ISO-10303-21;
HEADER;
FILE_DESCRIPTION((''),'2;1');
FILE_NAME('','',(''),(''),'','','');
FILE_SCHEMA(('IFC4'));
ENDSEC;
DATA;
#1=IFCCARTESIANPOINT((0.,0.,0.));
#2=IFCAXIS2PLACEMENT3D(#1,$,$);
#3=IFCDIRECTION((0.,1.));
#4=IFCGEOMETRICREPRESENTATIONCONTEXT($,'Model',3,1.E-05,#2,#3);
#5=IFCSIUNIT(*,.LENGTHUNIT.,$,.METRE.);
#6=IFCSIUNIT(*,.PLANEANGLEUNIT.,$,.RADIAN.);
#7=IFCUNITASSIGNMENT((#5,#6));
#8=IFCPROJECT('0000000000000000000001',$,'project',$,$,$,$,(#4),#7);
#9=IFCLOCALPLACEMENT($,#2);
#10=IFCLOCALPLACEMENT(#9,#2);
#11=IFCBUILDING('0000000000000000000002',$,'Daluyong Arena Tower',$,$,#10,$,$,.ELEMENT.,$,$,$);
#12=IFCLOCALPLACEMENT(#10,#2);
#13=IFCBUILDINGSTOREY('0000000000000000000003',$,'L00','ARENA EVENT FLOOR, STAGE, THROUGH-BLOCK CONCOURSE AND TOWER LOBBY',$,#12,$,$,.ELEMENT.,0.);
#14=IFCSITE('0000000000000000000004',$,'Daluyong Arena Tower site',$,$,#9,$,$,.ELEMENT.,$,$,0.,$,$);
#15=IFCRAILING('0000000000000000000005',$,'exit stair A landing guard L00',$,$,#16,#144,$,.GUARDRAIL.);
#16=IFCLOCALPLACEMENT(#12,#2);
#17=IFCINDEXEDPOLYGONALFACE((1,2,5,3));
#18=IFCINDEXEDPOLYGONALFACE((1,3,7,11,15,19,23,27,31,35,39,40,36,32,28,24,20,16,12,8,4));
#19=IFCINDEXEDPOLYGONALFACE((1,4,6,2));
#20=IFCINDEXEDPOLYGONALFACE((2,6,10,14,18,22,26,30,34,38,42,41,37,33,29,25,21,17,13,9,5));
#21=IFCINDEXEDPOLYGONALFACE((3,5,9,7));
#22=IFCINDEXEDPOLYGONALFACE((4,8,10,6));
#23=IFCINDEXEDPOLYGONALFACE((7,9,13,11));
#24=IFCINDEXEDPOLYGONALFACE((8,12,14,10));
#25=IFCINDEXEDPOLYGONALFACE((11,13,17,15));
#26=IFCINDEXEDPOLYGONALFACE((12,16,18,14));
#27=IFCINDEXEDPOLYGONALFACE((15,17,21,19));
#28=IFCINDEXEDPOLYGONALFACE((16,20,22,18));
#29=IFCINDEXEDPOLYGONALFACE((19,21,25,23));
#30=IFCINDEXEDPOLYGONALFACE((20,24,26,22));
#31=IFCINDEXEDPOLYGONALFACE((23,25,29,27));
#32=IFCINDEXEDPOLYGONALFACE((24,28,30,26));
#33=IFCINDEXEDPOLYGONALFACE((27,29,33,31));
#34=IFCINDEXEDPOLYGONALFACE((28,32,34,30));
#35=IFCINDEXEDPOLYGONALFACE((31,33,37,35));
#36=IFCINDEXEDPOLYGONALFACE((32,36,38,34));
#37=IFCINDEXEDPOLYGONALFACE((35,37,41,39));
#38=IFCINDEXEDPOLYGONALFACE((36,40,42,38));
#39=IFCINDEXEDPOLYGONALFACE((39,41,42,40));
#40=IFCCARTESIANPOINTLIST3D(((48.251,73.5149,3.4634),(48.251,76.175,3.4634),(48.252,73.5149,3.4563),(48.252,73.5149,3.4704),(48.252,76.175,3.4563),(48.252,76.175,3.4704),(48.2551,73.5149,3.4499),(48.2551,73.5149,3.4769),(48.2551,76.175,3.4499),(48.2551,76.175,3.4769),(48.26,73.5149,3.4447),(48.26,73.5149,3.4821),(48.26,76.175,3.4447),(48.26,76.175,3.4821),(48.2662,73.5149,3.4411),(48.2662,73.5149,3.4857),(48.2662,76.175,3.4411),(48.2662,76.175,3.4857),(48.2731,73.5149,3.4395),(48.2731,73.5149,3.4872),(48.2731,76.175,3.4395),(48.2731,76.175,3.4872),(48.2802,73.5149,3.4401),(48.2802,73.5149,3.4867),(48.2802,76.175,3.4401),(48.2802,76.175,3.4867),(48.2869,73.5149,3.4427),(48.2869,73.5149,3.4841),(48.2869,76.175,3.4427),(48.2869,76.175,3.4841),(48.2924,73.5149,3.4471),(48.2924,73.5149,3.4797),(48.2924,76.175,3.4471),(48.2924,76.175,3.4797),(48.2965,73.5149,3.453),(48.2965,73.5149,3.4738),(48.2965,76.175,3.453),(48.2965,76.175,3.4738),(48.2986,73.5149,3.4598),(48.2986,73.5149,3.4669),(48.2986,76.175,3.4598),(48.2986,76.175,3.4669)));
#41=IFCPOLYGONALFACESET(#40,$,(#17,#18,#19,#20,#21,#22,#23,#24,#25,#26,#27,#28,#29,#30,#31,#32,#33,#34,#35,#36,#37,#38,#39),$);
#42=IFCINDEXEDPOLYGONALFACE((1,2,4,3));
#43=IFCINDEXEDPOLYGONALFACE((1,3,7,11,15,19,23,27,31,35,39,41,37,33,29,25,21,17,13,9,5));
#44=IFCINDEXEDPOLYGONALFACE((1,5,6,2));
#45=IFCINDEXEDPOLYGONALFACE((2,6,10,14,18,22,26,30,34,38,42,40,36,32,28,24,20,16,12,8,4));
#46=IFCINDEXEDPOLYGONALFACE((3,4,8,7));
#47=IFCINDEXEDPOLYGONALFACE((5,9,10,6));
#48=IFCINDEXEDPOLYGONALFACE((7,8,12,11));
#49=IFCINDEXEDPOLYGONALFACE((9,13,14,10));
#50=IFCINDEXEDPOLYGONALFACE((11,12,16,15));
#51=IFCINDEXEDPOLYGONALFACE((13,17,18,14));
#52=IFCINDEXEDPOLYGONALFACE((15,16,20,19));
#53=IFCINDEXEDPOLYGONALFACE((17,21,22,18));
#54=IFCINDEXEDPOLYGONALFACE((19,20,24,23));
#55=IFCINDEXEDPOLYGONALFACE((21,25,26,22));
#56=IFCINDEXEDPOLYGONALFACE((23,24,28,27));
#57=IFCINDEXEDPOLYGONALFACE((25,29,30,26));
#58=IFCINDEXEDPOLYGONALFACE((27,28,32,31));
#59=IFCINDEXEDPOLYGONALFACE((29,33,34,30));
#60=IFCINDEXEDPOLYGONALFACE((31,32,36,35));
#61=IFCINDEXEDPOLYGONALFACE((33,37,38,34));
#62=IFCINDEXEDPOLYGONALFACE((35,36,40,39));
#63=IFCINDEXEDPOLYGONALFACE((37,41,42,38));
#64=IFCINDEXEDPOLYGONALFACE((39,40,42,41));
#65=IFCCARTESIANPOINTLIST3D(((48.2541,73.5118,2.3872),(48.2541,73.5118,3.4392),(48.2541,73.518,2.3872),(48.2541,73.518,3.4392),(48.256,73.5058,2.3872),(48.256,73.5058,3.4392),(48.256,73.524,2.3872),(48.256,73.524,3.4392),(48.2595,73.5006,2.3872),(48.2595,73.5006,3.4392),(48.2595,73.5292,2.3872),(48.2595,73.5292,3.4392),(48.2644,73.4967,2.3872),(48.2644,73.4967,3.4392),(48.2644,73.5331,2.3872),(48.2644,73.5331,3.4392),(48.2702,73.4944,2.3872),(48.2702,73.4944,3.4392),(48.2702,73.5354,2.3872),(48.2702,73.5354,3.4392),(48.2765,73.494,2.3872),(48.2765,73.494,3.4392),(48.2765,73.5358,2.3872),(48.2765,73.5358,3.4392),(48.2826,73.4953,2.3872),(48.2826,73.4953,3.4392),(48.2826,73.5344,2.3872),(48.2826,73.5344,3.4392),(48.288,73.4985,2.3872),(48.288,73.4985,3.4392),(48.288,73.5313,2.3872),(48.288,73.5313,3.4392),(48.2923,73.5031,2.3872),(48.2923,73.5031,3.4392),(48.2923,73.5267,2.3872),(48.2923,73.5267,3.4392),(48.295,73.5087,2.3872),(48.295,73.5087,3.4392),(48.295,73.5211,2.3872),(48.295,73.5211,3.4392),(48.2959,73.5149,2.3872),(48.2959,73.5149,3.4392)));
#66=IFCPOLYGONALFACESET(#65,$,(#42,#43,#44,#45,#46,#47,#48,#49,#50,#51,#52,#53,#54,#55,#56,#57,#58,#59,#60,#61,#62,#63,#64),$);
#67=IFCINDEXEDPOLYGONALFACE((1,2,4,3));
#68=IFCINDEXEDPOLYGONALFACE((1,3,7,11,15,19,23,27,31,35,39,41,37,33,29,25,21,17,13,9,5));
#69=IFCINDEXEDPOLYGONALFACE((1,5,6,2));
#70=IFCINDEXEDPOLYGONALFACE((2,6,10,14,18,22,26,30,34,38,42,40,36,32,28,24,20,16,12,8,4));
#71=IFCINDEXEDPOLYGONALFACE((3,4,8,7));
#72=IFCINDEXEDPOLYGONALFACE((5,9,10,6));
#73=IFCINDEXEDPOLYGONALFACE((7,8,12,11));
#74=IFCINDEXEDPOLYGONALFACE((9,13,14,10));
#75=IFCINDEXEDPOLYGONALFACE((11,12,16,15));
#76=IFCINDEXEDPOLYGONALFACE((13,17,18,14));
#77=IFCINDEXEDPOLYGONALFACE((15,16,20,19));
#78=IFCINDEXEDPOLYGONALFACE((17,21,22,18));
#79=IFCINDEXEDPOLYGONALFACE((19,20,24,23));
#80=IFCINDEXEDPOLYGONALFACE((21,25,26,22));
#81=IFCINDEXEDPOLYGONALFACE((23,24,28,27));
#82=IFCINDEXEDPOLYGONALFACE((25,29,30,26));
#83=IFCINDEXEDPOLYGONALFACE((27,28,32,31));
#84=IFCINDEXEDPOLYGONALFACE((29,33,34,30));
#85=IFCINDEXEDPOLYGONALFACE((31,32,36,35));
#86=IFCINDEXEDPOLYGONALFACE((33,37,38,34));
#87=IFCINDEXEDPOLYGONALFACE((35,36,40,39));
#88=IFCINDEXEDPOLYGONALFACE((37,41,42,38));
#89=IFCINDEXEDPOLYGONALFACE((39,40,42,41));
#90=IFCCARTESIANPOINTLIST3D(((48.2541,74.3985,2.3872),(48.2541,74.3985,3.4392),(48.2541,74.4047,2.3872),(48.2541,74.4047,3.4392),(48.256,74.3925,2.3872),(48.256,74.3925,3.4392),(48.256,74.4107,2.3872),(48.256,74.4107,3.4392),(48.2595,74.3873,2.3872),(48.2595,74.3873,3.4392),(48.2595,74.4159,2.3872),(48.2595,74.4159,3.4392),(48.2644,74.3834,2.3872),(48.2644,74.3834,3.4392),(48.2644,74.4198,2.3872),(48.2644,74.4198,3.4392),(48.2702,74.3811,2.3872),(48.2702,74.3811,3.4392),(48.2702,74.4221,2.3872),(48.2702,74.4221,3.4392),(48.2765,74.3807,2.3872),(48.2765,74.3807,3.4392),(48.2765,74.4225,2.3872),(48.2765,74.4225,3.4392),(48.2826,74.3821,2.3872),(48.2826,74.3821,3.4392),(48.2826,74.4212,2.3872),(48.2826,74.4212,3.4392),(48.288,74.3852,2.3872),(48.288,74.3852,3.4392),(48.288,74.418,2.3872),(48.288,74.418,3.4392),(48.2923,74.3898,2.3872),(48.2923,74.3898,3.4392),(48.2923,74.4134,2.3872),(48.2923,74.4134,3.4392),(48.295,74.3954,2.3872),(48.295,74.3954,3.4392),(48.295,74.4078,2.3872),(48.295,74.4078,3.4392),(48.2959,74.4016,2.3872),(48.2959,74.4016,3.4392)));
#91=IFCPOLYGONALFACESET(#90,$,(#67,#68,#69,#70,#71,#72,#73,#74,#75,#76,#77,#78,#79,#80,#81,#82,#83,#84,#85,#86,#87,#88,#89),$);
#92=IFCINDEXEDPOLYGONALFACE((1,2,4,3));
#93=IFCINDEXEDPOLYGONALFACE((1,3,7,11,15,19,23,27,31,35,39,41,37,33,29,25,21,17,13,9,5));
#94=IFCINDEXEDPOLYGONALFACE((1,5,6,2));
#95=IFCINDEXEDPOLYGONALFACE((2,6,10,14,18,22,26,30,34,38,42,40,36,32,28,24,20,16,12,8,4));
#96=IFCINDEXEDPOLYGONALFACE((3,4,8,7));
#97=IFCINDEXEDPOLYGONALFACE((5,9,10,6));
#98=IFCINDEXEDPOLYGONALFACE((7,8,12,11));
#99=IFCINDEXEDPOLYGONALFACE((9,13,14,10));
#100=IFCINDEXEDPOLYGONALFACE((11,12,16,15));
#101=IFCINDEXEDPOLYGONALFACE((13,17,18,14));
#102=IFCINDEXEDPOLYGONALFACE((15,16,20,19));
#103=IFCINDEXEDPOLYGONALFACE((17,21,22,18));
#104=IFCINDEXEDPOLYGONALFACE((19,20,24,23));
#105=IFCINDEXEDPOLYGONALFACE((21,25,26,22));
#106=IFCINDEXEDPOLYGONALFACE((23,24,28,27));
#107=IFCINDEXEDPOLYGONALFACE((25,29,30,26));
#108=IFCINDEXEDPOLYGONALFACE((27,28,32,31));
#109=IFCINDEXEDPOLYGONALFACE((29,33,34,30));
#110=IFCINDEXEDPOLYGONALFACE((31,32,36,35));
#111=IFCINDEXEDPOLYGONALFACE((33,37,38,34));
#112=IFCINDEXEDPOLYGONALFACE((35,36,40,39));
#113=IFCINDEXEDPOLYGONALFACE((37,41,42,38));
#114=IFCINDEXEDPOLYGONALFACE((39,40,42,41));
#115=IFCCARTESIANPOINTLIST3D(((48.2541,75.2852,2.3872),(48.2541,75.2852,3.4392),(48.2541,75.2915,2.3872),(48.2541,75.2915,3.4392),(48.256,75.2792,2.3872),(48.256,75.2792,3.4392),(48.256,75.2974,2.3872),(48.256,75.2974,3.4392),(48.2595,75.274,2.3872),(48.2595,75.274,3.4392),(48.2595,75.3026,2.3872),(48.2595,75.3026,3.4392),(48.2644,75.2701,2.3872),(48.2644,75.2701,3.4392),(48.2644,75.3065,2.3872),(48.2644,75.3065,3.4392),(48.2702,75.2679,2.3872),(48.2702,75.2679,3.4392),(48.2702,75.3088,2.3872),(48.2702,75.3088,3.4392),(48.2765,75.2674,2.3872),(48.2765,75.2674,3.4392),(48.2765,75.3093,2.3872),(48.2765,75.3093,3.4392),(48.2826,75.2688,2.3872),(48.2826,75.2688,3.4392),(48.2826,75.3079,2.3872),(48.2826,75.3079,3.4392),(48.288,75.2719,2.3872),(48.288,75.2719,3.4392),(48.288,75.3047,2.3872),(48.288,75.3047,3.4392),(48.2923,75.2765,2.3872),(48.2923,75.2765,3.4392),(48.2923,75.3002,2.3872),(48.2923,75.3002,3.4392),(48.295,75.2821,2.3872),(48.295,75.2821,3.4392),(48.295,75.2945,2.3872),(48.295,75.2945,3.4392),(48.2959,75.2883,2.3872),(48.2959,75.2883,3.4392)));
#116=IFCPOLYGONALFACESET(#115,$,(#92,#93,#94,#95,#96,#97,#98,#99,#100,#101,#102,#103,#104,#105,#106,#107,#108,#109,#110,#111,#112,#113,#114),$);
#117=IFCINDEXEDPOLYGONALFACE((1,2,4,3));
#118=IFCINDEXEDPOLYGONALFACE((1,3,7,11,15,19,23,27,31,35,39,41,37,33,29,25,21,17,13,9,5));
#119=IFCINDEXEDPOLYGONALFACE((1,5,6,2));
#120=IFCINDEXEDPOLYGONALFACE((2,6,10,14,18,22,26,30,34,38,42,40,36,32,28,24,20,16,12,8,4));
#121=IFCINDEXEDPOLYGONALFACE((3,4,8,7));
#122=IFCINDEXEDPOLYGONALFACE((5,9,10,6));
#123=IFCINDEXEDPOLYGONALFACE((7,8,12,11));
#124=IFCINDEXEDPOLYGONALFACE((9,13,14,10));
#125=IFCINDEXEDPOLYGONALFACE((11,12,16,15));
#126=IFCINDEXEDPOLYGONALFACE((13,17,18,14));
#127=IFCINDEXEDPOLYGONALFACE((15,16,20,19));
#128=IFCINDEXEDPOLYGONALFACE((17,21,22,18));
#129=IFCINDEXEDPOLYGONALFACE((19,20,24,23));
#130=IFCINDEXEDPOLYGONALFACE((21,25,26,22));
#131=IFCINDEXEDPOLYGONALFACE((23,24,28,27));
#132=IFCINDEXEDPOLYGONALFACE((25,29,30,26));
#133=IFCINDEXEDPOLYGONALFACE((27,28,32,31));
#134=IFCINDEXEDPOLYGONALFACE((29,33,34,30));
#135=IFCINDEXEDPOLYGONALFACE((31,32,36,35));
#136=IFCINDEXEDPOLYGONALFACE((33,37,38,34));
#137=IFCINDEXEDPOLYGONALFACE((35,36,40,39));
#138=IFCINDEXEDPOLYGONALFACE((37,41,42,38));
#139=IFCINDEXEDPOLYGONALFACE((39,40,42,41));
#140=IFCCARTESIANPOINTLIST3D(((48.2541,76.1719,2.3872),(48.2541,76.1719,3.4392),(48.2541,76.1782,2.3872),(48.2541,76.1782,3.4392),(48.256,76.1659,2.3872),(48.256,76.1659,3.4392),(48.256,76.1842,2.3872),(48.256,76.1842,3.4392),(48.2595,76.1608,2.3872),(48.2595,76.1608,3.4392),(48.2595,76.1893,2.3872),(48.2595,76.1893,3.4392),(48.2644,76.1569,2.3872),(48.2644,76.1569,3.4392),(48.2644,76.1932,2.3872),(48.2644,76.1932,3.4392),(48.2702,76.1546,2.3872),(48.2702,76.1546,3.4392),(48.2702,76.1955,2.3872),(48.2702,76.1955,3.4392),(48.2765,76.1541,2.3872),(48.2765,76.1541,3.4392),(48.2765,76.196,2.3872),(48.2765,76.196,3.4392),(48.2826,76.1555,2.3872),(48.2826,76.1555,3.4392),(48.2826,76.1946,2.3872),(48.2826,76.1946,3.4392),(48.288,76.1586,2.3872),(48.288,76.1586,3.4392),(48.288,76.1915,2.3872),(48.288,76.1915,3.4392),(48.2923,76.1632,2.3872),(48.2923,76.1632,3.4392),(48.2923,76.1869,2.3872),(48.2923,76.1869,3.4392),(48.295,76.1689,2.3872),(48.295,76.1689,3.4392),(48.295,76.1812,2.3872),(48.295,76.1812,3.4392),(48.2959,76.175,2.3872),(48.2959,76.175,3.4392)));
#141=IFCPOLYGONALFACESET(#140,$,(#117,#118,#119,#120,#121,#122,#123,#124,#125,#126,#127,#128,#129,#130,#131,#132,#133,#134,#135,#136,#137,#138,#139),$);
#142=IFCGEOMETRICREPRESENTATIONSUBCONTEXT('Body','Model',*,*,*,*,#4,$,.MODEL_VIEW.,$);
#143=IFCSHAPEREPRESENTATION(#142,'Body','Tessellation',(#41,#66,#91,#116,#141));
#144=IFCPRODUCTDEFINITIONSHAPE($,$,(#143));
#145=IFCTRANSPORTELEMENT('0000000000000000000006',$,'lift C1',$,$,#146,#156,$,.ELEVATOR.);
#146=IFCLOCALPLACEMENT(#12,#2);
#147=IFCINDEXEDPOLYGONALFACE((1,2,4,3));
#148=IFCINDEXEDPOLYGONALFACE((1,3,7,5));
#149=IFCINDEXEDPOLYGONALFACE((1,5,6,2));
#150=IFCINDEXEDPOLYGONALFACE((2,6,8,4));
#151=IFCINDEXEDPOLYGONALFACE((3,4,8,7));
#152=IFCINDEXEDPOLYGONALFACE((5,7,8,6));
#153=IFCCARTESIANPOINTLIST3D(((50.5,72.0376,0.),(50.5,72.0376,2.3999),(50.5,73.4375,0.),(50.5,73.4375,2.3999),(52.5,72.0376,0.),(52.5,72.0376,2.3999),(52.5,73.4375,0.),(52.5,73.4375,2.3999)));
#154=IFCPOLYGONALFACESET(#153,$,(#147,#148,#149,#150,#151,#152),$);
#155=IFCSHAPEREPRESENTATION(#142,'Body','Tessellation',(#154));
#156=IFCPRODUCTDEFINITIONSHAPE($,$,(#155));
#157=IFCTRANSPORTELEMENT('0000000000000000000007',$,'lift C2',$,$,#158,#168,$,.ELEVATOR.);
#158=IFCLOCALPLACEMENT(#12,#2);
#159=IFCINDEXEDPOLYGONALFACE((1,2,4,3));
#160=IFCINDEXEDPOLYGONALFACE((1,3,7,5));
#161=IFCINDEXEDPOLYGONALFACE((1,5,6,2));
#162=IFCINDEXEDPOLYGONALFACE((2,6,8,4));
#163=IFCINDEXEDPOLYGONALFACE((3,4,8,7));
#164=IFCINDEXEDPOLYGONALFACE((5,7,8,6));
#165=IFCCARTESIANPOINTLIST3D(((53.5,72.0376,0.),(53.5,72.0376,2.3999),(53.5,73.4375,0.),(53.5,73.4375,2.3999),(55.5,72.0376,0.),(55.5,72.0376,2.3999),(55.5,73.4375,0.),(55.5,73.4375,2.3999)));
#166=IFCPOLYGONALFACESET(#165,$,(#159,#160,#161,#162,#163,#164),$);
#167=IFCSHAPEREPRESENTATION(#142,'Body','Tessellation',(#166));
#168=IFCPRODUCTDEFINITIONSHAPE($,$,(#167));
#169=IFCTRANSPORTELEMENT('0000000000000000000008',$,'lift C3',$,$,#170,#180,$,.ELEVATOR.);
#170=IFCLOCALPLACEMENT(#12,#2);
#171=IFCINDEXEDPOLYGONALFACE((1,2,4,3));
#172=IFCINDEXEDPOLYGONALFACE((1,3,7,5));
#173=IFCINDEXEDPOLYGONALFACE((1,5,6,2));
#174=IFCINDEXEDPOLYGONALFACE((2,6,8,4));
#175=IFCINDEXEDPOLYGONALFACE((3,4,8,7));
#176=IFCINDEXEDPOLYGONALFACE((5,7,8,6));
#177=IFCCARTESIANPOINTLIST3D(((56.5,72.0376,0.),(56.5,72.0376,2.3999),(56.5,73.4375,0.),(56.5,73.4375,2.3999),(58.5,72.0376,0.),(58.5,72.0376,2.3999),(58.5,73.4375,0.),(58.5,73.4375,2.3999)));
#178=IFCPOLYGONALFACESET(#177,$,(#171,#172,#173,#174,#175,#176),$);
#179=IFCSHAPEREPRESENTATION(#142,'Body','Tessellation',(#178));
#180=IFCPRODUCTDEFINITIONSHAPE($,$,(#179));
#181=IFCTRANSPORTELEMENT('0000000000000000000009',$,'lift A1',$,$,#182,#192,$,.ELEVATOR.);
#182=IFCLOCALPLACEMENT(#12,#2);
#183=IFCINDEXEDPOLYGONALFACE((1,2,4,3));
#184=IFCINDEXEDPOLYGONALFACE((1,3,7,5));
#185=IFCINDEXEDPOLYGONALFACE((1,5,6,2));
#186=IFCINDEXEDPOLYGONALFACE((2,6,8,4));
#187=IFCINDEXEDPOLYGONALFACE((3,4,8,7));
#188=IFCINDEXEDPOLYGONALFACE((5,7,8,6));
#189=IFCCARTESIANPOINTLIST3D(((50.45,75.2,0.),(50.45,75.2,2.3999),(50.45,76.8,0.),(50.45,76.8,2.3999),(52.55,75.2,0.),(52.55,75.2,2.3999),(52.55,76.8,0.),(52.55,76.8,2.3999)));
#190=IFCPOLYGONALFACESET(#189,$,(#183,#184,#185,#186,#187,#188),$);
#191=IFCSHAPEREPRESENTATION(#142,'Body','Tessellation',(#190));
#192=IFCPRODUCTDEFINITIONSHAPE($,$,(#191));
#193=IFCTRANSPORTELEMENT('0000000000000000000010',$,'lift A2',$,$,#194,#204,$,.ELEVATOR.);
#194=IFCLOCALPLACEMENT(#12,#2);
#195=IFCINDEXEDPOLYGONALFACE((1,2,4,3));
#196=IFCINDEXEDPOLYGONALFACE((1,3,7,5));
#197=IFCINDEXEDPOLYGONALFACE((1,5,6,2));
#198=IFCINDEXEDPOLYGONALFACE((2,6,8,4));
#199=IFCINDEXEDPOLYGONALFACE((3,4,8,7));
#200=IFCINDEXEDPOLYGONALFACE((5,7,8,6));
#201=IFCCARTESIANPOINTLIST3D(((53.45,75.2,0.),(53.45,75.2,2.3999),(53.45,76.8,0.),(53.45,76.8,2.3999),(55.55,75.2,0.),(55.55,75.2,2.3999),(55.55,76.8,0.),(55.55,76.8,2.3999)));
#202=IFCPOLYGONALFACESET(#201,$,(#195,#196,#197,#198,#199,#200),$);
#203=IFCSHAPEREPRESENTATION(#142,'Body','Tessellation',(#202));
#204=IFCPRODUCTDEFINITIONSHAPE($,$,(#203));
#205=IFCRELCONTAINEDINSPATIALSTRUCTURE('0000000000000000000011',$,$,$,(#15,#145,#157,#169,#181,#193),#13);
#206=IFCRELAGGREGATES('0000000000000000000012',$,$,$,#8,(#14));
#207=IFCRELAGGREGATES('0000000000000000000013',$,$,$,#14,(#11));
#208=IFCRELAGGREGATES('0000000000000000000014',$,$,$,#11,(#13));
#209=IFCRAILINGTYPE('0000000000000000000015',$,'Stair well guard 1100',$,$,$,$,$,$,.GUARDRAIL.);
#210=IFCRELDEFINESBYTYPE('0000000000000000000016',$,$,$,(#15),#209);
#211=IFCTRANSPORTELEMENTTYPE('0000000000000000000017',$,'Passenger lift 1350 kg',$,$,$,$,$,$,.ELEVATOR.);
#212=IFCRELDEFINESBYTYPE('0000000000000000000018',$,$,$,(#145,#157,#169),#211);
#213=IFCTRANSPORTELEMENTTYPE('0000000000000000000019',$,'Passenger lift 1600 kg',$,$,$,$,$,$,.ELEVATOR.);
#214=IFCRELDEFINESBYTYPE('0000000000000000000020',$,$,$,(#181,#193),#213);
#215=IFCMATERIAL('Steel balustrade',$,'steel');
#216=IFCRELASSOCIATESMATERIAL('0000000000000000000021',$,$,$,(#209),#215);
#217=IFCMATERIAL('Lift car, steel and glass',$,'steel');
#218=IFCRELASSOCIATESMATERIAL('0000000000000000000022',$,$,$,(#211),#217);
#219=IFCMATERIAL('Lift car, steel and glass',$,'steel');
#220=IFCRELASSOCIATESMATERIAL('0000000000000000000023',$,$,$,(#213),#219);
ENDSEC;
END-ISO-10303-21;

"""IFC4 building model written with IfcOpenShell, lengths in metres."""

from ifc_helpers import new_model, si_unit, direction, frame, origin, origin_2d, place, context, subcontext, project, spatial, rectangle, circle, extrude, material, type_object, element, save


model = new_model("IFC4")

# Units and contexts
model_context = context("Model", 3, precision=1e-05, world=origin(), true_north=direction((0.0, 1.0)))
body_context = subcontext(model_context, "Body", "Model", "MODEL_VIEW")
ifc_project = project(units=[si_unit("LENGTHUNIT", "METRE"), si_unit("PLANEANGLEUNIT", "RADIAN")], contexts=[model_context])

# Site, building, storey
site_placement = place(None, origin())
site = spatial("IfcSite", under=ifc_project, at=site_placement, Name="Daluyong Arena Tower site", CompositionType="ELEMENT", RefElevation=0.0)
building_placement = place(site_placement, origin())
building = spatial("IfcBuilding", under=site, at=building_placement, Name="Daluyong Arena Tower", CompositionType="ELEMENT")
storey_placement = place(building_placement, origin())
storey = spatial("IfcBuildingStorey", under=building, at=storey_placement, Name="L00", Description="ARENA EVENT FLOOR, STAGE, THROUGH-BLOCK CONCOURSE AND TOWER LOBBY", CompositionType="ELEMENT", Elevation=0.0)

# Railing
ifc_material_1 = material(Name="Steel balustrade", Category="steel")
railing_type_1 = type_object("IfcRailingType", Name="Stair well guard 1100", PredefinedType="GUARDRAIL", material=ifc_material_1)
railing_1_placement = place(storey_placement, frame((48.2749, 73.5149, 2.3872)))
element("IfcRailing", 1, at=railing_1_placement, inside=storey, type_object=railing_type_1, Name="exit stair A landing guard L00", PredefinedType="GUARDRAIL", context=body_context, shape_type="SweptSolid", body=[
    extrude(circle(Radius=0.0239, at=origin_2d()), frame((0.0, 0.0, 1.0762), z_axis=(0.0, 1.0, 0.0), x_axis=(-1.0, 0.0, 0.0)), (0.0, 0.0, 1.0), 2.6602),
    extrude(circle(Radius=0.021, at=origin_2d()), origin(), (0.0, 0.0, 1.0), 1.052),
    extrude(circle(Radius=0.021, at=origin_2d()), frame((0.0, 0.8867, 0.0)), (0.0, 0.0, 1.0), 1.052),
    extrude(circle(Radius=0.021, at=origin_2d()), frame((0.0, 1.7734, 0.0)), (0.0, 0.0, 1.0), 1.052),
    extrude(circle(Radius=0.021, at=origin_2d()), frame((0.0, 2.6602, 0.0)), (0.0, 0.0, 1.0), 1.052),
])

# Transport elements
ifc_material_2 = material(Name="Lift car, steel and glass", Category="steel")
transport_element_type_1 = type_object("IfcTransportElementType", Name="Passenger lift 1350 kg", PredefinedType="ELEVATOR", material=ifc_material_2)
for number, where, z_axis, x_axis, name in (
    (2, (51.5, 72.7375, 0.0), (0.0, 0.0, 1.0), (1.0, 0.0, 0.0), "lift C1"),
    (3, (54.5, 72.7375, 0.0), (0.0, 0.0, 1.0), (1.0, 0.0, 0.0), "lift C2"),
    (4, (57.5, 72.7375, 0.0), (0.0, 0.0, 1.0), (1.0, 0.0, 0.0), "lift C3"),
):
    element("IfcTransportElement", number, at=place(storey_placement, frame(where, z_axis=z_axis, x_axis=x_axis)), inside=storey, type_object=transport_element_type_1, Name=name, PredefinedType="ELEVATOR", context=body_context, shape_type="SweptSolid", body=[
        extrude(rectangle(XDim=2.0, YDim=1.3999, at=origin_2d()), origin(), (0.0, 0.0, 1.0), 2.3999),
    ])
ifc_material_3 = material(Name="Lift car, steel and glass", Category="steel")
transport_element_type_2 = type_object("IfcTransportElementType", Name="Passenger lift 1600 kg", PredefinedType="ELEVATOR", material=ifc_material_3)
for number, where, z_axis, x_axis, name in (
    (5, (51.5, 76.0, 0.0), (0.0, 0.0, 1.0), (1.0, 0.0, 0.0), "lift A1"),
    (6, (54.5, 76.0, 0.0), (0.0, 0.0, 1.0), (1.0, 0.0, 0.0), "lift A2"),
):
    element("IfcTransportElement", number, at=place(storey_placement, frame(where, z_axis=z_axis, x_axis=x_axis)), inside=storey, type_object=transport_element_type_2, Name=name, PredefinedType="ELEVATOR", context=body_context, shape_type="SweptSolid", body=[
        extrude(rectangle(XDim=2.1001, YDim=1.6001, at=origin_2d()), origin(), (0.0, 0.0, 1.0), 2.3999),
    ])

save(model, "model.ifc")
